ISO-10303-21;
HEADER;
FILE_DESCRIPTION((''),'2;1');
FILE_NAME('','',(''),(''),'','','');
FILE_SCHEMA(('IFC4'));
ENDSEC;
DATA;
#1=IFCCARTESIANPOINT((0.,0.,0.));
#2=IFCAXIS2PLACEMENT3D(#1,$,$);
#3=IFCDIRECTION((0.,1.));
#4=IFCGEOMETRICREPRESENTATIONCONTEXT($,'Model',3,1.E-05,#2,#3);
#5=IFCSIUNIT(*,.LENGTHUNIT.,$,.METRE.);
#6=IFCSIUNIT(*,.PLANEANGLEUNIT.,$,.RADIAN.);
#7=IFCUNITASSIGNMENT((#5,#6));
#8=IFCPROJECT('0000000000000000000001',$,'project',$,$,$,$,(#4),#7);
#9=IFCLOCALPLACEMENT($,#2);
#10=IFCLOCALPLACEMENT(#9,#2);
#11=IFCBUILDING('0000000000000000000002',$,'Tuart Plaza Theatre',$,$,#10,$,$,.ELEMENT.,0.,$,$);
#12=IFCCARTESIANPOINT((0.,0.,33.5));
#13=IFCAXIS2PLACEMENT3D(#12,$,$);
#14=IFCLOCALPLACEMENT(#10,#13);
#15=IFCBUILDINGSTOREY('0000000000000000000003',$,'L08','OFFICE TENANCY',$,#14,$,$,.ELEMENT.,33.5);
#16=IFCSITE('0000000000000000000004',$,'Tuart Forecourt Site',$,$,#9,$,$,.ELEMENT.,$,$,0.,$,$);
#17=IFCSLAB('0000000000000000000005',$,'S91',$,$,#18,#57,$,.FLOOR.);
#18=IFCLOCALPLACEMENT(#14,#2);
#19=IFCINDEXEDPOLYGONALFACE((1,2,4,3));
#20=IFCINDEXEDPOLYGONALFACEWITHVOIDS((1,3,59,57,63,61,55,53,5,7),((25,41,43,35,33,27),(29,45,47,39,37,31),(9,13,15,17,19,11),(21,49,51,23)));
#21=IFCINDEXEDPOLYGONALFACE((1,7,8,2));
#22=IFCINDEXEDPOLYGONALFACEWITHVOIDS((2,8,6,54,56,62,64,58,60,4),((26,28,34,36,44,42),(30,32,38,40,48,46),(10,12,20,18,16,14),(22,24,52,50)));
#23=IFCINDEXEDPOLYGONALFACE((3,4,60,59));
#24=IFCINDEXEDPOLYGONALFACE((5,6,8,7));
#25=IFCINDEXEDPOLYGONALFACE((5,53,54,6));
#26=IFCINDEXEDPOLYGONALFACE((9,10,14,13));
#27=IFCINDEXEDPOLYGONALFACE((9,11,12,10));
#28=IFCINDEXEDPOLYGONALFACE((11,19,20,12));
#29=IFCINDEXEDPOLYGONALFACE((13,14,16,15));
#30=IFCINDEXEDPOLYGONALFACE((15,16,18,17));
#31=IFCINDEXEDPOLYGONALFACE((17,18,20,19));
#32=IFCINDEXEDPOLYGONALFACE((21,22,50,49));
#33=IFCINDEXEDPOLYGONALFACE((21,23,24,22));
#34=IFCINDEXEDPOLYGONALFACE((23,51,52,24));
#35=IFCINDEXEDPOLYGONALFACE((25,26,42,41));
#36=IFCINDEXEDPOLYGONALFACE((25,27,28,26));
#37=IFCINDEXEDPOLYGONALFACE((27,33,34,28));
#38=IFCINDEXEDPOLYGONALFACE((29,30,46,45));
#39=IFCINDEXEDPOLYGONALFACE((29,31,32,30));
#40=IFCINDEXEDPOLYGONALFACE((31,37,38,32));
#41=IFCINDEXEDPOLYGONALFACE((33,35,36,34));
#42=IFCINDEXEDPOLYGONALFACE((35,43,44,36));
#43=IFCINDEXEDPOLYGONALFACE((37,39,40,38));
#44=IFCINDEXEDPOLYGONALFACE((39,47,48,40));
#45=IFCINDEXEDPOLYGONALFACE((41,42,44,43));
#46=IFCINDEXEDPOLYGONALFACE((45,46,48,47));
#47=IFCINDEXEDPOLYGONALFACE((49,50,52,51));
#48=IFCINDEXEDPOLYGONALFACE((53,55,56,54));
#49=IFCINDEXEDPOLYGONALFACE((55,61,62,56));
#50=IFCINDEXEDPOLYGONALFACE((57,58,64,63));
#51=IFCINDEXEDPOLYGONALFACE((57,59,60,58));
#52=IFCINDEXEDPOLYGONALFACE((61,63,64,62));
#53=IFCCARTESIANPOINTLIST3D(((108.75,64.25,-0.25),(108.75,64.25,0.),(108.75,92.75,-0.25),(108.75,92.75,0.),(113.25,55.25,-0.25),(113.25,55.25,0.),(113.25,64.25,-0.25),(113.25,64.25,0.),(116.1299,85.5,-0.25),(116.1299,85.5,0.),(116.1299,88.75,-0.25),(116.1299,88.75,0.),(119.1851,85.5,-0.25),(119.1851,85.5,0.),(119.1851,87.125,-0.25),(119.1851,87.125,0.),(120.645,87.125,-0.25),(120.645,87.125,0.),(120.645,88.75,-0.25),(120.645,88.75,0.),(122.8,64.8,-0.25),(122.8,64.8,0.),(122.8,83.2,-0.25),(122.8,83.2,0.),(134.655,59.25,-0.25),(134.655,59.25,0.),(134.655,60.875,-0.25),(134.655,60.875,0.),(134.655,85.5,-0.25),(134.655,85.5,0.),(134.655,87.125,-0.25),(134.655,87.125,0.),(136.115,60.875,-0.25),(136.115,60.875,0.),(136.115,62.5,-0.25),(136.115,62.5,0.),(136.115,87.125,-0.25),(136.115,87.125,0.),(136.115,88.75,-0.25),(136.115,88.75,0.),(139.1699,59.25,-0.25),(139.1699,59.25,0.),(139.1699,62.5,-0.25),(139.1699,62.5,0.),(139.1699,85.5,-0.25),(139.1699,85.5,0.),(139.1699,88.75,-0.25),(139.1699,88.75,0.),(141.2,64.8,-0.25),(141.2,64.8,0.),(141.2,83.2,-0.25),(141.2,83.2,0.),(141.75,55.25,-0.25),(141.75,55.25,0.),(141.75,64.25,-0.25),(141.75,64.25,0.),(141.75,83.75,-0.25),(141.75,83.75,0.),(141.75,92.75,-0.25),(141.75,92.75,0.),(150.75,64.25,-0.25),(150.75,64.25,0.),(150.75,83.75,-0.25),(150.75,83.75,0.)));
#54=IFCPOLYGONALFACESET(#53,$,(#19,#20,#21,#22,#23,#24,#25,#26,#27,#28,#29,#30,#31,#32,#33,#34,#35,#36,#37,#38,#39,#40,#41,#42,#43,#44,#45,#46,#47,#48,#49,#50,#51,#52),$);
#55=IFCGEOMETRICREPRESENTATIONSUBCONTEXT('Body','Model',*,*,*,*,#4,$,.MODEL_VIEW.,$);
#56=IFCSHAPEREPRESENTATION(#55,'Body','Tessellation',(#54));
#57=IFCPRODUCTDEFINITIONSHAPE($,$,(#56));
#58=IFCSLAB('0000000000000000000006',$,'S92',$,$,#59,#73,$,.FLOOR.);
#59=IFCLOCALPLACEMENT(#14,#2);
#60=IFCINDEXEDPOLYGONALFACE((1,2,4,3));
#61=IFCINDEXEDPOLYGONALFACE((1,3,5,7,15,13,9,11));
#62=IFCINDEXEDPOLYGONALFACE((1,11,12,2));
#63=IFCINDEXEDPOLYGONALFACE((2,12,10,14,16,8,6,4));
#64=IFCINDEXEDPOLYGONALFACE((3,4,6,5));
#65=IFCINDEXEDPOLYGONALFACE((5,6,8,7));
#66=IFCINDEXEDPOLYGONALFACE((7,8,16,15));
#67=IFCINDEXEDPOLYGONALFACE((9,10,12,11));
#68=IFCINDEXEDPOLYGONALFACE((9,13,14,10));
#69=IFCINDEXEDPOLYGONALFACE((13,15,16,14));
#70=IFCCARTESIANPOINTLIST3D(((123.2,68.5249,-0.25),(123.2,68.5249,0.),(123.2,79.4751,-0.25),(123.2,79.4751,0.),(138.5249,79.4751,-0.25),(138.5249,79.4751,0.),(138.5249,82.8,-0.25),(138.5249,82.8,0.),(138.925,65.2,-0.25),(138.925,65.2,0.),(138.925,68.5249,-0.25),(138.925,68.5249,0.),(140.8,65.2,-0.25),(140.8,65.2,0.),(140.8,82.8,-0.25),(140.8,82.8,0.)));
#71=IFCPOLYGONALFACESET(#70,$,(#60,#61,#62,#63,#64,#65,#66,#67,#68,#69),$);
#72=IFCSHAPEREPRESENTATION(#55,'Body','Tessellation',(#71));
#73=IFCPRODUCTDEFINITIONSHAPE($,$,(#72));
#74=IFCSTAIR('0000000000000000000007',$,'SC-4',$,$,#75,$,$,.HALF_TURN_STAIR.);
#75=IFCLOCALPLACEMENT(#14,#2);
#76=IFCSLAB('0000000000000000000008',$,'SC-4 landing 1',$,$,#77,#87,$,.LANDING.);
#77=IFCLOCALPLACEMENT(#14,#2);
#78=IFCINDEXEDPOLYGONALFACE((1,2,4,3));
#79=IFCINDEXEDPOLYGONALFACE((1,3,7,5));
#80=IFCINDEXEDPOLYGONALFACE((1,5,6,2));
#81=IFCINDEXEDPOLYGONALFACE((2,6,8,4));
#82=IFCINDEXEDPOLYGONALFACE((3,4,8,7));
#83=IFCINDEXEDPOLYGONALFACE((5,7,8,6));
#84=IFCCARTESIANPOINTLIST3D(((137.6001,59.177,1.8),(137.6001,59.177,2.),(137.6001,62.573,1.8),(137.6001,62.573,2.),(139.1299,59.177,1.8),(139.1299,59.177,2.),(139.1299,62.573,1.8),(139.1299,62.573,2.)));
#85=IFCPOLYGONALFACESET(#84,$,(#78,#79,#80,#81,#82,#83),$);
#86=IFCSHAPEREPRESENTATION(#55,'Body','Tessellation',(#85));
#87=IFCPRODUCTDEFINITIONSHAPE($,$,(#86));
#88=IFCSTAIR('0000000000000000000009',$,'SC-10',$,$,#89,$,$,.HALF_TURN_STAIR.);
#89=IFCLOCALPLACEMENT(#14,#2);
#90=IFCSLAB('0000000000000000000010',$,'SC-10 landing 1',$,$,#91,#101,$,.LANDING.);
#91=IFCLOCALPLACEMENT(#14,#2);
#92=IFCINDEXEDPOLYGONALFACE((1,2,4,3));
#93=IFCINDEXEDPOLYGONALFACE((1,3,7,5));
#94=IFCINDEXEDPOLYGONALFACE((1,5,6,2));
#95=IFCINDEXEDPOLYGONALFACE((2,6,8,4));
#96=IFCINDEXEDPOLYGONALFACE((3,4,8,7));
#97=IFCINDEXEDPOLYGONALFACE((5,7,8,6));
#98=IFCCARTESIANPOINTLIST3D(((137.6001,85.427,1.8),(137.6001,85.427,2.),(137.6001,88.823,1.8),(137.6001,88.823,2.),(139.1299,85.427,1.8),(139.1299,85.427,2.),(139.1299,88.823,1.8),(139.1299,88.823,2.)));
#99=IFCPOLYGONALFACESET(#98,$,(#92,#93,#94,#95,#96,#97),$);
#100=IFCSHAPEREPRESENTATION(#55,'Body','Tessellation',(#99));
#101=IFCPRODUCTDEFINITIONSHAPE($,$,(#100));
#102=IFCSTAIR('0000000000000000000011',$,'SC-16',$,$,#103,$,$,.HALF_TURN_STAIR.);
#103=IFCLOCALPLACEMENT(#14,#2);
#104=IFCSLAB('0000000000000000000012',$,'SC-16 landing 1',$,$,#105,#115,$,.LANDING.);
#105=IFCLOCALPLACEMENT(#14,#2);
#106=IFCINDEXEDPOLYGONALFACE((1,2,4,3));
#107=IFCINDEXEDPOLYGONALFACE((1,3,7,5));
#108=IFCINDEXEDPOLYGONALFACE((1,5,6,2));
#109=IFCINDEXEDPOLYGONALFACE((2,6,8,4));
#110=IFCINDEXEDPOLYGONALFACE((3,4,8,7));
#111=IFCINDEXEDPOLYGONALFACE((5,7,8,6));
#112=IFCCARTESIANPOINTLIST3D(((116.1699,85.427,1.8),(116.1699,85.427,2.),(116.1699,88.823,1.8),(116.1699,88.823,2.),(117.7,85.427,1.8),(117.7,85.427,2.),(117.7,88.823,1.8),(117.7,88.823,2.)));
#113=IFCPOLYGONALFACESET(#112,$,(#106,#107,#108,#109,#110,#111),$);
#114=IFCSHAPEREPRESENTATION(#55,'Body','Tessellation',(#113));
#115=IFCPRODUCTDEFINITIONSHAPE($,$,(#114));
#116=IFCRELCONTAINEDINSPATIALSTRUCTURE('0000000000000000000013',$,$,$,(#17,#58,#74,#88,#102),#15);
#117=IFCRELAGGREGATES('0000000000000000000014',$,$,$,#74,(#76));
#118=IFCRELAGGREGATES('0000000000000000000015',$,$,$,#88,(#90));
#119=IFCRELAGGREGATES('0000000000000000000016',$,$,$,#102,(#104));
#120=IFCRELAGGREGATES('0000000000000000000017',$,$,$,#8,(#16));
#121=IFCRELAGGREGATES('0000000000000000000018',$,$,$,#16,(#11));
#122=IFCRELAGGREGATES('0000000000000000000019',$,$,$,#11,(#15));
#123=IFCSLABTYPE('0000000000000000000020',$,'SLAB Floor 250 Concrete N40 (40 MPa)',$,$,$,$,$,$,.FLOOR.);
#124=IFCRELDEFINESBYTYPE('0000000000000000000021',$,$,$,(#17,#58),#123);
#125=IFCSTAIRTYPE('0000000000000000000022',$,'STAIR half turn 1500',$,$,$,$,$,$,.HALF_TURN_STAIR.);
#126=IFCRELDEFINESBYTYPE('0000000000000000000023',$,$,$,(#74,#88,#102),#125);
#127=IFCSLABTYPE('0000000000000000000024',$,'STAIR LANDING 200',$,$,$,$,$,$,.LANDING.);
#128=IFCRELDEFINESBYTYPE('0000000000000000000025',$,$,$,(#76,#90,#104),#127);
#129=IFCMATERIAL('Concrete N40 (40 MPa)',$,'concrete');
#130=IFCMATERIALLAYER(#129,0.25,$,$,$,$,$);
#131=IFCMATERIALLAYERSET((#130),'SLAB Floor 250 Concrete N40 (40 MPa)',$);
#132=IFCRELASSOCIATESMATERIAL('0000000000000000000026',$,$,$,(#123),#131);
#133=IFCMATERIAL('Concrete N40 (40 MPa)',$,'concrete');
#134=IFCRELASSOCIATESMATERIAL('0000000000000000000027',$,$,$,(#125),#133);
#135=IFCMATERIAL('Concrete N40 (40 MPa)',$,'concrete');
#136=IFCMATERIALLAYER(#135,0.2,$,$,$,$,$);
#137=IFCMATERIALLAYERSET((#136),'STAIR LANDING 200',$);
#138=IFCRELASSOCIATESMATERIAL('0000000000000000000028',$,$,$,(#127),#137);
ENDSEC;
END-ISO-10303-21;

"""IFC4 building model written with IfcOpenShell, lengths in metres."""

from ifc_helpers import new_model, si_unit, direction, frame, origin, place, context, subcontext, project, spatial, polyline, outline, extrude, material, layer, layer_set, type_object, element, aggregate, save


model = new_model("IFC4")

# Units and contexts
model_context = context("Model", 3, precision=1e-05, world=origin(), true_north=direction((0.0, 1.0)))
body_context = subcontext(model_context, "Body", "Model", "MODEL_VIEW")
ifc_project = project(units=[si_unit("LENGTHUNIT", "METRE"), si_unit("PLANEANGLEUNIT", "RADIAN")], contexts=[model_context])

# Site, building, storey
site_placement = place(None, origin())
site = spatial("IfcSite", under=ifc_project, at=site_placement, Name="Tuart Forecourt Site", CompositionType="ELEMENT", RefElevation=0.0)
building_placement = place(site_placement, origin())
building = spatial("IfcBuilding", under=site, at=building_placement, Name="Tuart Plaza Theatre", CompositionType="ELEMENT", ElevationOfRefHeight=0.0)
storey_placement = place(building_placement, frame((0.0, 0.0, 33.5)))
storey = spatial("IfcBuildingStorey", under=building, at=storey_placement, Name="L08", Description="OFFICE TENANCY", CompositionType="ELEMENT", Elevation=33.5)

# Slabs
ifc_material_1 = material(Name="Concrete N40 (40 MPa)", Category="concrete")
ifc_layer_1 = layer(ifc_material_1, 0.25)
ifc_layer_set_1 = layer_set([ifc_layer_1], Name="SLAB Floor 250 Concrete N40 (40 MPa)")
slab_type_1 = type_object("IfcSlabType", Name="SLAB Floor 250 Concrete N40 (40 MPa)", PredefinedType="FLOOR", material=ifc_layer_set_1)
slab_1_placement = place(storey_placement, frame((0.0, 0.0, -0.25)))
element("IfcSlab", 1, at=slab_1_placement, inside=storey, type_object=slab_type_1, Name="S91", PredefinedType="FLOOR", context=body_context, shape_type="SweptSolid", body=[
    extrude(outline(polyline([(141.75, 83.75), (141.75, 92.75), (108.75, 92.75), (108.75, 64.25), (113.25, 64.25), (113.25, 55.25), (141.75, 55.25), (141.75, 64.25), (150.75, 64.25), (150.75, 83.75), (141.75, 83.75)]), holes=[polyline([(141.2, 64.8), (141.2, 83.2), (122.8, 83.2), (122.8, 64.8), (141.2, 64.8)]), polyline([(136.115, 62.5), (136.115, 60.875), (134.655, 60.875), (134.655, 59.25), (139.1699, 59.25), (139.1699, 62.5), (136.115, 62.5)]), polyline([(139.1699, 88.75), (136.115, 88.75), (136.115, 87.125), (134.655, 87.125), (134.655, 85.5), (139.1699, 85.5), (139.1699, 88.75)]), polyline([(116.1299, 88.75), (116.1299, 85.5), (119.1851, 85.5), (119.1851, 87.125), (120.645, 87.125), (120.645, 88.75), (116.1299, 88.75)])]), origin(), (0.0, 0.0, 1.0), 0.25),
])
slab_2_placement = place(storey_placement, frame((0.0, 0.0, -0.25)))
element("IfcSlab", 2, at=slab_2_placement, inside=storey, type_object=slab_type_1, Name="S92", PredefinedType="FLOOR", context=body_context, shape_type="SweptSolid", body=[
    extrude(outline(polyline([(140.8, 65.2), (140.8, 82.8), (138.5249, 82.8), (138.5249, 79.4751), (123.2, 79.4751), (123.2, 68.5249), (138.925, 68.5249), (138.925, 65.2), (140.8, 65.2)])), origin(), (0.0, 0.0, 1.0), 0.25),
])

# Stairs, slabs
ifc_material_2 = material(Name="Concrete N40 (40 MPa)", Category="concrete")
stair_type = type_object("IfcStairType", Name="STAIR half turn 1500", PredefinedType="HALF_TURN_STAIR", material=ifc_material_2)
stair_1_placement = place(storey_placement, origin())
stair_1 = element("IfcStair", 3, at=stair_1_placement, inside=storey, type_object=stair_type, Name="SC-4", PredefinedType="HALF_TURN_STAIR")
ifc_material_3 = material(Name="Concrete N40 (40 MPa)", Category="concrete")
ifc_layer_2 = layer(ifc_material_3, 0.2)
ifc_layer_set_2 = layer_set([ifc_layer_2], Name="STAIR LANDING 200")
slab_type_2 = type_object("IfcSlabType", Name="STAIR LANDING 200", PredefinedType="LANDING", material=ifc_layer_set_2)
slab_3_placement = place(storey_placement, frame((0.0, 0.0, 1.8)))
slab_3 = element("IfcSlab", 4, at=slab_3_placement, type_object=slab_type_2, Name="SC-4 landing 1", PredefinedType="LANDING", context=body_context, shape_type="SweptSolid", body=[
    extrude(outline(polyline([(137.6001, 59.177), (139.1299, 59.177), (139.1299, 62.573), (137.6001, 62.573), (137.6001, 59.177)])), origin(), (0.0, 0.0, 1.0), 0.2),
])
aggregate(stair_1, [slab_3])
stair_2_placement = place(storey_placement, origin())
stair_2 = element("IfcStair", 5, at=stair_2_placement, inside=storey, type_object=stair_type, Name="SC-10", PredefinedType="HALF_TURN_STAIR")
slab_4_placement = place(storey_placement, frame((0.0, 0.0, 1.8)))
slab_4 = element("IfcSlab", 6, at=slab_4_placement, type_object=slab_type_2, Name="SC-10 landing 1", PredefinedType="LANDING", context=body_context, shape_type="SweptSolid", body=[
    extrude(outline(polyline([(137.6001, 85.427), (139.1299, 85.427), (139.1299, 88.823), (137.6001, 88.823), (137.6001, 85.427)])), origin(), (0.0, 0.0, 1.0), 0.2),
])
aggregate(stair_2, [slab_4])
stair_3_placement = place(storey_placement, origin())
stair_3 = element("IfcStair", 7, at=stair_3_placement, inside=storey, type_object=stair_type, Name="SC-16", PredefinedType="HALF_TURN_STAIR")
slab_5_placement = place(storey_placement, frame((0.0, 0.0, 1.8)))
slab_5 = element("IfcSlab", 8, at=slab_5_placement, type_object=slab_type_2, Name="SC-16 landing 1", PredefinedType="LANDING", context=body_context, shape_type="SweptSolid", body=[
    extrude(outline(polyline([(117.7, 88.823), (116.1699, 88.823), (116.1699, 85.427), (117.7, 85.427), (117.7, 88.823)])), origin(), (0.0, 0.0, 1.0), 0.2),
])
aggregate(stair_3, [slab_5])

save(model, "model.ifc")
